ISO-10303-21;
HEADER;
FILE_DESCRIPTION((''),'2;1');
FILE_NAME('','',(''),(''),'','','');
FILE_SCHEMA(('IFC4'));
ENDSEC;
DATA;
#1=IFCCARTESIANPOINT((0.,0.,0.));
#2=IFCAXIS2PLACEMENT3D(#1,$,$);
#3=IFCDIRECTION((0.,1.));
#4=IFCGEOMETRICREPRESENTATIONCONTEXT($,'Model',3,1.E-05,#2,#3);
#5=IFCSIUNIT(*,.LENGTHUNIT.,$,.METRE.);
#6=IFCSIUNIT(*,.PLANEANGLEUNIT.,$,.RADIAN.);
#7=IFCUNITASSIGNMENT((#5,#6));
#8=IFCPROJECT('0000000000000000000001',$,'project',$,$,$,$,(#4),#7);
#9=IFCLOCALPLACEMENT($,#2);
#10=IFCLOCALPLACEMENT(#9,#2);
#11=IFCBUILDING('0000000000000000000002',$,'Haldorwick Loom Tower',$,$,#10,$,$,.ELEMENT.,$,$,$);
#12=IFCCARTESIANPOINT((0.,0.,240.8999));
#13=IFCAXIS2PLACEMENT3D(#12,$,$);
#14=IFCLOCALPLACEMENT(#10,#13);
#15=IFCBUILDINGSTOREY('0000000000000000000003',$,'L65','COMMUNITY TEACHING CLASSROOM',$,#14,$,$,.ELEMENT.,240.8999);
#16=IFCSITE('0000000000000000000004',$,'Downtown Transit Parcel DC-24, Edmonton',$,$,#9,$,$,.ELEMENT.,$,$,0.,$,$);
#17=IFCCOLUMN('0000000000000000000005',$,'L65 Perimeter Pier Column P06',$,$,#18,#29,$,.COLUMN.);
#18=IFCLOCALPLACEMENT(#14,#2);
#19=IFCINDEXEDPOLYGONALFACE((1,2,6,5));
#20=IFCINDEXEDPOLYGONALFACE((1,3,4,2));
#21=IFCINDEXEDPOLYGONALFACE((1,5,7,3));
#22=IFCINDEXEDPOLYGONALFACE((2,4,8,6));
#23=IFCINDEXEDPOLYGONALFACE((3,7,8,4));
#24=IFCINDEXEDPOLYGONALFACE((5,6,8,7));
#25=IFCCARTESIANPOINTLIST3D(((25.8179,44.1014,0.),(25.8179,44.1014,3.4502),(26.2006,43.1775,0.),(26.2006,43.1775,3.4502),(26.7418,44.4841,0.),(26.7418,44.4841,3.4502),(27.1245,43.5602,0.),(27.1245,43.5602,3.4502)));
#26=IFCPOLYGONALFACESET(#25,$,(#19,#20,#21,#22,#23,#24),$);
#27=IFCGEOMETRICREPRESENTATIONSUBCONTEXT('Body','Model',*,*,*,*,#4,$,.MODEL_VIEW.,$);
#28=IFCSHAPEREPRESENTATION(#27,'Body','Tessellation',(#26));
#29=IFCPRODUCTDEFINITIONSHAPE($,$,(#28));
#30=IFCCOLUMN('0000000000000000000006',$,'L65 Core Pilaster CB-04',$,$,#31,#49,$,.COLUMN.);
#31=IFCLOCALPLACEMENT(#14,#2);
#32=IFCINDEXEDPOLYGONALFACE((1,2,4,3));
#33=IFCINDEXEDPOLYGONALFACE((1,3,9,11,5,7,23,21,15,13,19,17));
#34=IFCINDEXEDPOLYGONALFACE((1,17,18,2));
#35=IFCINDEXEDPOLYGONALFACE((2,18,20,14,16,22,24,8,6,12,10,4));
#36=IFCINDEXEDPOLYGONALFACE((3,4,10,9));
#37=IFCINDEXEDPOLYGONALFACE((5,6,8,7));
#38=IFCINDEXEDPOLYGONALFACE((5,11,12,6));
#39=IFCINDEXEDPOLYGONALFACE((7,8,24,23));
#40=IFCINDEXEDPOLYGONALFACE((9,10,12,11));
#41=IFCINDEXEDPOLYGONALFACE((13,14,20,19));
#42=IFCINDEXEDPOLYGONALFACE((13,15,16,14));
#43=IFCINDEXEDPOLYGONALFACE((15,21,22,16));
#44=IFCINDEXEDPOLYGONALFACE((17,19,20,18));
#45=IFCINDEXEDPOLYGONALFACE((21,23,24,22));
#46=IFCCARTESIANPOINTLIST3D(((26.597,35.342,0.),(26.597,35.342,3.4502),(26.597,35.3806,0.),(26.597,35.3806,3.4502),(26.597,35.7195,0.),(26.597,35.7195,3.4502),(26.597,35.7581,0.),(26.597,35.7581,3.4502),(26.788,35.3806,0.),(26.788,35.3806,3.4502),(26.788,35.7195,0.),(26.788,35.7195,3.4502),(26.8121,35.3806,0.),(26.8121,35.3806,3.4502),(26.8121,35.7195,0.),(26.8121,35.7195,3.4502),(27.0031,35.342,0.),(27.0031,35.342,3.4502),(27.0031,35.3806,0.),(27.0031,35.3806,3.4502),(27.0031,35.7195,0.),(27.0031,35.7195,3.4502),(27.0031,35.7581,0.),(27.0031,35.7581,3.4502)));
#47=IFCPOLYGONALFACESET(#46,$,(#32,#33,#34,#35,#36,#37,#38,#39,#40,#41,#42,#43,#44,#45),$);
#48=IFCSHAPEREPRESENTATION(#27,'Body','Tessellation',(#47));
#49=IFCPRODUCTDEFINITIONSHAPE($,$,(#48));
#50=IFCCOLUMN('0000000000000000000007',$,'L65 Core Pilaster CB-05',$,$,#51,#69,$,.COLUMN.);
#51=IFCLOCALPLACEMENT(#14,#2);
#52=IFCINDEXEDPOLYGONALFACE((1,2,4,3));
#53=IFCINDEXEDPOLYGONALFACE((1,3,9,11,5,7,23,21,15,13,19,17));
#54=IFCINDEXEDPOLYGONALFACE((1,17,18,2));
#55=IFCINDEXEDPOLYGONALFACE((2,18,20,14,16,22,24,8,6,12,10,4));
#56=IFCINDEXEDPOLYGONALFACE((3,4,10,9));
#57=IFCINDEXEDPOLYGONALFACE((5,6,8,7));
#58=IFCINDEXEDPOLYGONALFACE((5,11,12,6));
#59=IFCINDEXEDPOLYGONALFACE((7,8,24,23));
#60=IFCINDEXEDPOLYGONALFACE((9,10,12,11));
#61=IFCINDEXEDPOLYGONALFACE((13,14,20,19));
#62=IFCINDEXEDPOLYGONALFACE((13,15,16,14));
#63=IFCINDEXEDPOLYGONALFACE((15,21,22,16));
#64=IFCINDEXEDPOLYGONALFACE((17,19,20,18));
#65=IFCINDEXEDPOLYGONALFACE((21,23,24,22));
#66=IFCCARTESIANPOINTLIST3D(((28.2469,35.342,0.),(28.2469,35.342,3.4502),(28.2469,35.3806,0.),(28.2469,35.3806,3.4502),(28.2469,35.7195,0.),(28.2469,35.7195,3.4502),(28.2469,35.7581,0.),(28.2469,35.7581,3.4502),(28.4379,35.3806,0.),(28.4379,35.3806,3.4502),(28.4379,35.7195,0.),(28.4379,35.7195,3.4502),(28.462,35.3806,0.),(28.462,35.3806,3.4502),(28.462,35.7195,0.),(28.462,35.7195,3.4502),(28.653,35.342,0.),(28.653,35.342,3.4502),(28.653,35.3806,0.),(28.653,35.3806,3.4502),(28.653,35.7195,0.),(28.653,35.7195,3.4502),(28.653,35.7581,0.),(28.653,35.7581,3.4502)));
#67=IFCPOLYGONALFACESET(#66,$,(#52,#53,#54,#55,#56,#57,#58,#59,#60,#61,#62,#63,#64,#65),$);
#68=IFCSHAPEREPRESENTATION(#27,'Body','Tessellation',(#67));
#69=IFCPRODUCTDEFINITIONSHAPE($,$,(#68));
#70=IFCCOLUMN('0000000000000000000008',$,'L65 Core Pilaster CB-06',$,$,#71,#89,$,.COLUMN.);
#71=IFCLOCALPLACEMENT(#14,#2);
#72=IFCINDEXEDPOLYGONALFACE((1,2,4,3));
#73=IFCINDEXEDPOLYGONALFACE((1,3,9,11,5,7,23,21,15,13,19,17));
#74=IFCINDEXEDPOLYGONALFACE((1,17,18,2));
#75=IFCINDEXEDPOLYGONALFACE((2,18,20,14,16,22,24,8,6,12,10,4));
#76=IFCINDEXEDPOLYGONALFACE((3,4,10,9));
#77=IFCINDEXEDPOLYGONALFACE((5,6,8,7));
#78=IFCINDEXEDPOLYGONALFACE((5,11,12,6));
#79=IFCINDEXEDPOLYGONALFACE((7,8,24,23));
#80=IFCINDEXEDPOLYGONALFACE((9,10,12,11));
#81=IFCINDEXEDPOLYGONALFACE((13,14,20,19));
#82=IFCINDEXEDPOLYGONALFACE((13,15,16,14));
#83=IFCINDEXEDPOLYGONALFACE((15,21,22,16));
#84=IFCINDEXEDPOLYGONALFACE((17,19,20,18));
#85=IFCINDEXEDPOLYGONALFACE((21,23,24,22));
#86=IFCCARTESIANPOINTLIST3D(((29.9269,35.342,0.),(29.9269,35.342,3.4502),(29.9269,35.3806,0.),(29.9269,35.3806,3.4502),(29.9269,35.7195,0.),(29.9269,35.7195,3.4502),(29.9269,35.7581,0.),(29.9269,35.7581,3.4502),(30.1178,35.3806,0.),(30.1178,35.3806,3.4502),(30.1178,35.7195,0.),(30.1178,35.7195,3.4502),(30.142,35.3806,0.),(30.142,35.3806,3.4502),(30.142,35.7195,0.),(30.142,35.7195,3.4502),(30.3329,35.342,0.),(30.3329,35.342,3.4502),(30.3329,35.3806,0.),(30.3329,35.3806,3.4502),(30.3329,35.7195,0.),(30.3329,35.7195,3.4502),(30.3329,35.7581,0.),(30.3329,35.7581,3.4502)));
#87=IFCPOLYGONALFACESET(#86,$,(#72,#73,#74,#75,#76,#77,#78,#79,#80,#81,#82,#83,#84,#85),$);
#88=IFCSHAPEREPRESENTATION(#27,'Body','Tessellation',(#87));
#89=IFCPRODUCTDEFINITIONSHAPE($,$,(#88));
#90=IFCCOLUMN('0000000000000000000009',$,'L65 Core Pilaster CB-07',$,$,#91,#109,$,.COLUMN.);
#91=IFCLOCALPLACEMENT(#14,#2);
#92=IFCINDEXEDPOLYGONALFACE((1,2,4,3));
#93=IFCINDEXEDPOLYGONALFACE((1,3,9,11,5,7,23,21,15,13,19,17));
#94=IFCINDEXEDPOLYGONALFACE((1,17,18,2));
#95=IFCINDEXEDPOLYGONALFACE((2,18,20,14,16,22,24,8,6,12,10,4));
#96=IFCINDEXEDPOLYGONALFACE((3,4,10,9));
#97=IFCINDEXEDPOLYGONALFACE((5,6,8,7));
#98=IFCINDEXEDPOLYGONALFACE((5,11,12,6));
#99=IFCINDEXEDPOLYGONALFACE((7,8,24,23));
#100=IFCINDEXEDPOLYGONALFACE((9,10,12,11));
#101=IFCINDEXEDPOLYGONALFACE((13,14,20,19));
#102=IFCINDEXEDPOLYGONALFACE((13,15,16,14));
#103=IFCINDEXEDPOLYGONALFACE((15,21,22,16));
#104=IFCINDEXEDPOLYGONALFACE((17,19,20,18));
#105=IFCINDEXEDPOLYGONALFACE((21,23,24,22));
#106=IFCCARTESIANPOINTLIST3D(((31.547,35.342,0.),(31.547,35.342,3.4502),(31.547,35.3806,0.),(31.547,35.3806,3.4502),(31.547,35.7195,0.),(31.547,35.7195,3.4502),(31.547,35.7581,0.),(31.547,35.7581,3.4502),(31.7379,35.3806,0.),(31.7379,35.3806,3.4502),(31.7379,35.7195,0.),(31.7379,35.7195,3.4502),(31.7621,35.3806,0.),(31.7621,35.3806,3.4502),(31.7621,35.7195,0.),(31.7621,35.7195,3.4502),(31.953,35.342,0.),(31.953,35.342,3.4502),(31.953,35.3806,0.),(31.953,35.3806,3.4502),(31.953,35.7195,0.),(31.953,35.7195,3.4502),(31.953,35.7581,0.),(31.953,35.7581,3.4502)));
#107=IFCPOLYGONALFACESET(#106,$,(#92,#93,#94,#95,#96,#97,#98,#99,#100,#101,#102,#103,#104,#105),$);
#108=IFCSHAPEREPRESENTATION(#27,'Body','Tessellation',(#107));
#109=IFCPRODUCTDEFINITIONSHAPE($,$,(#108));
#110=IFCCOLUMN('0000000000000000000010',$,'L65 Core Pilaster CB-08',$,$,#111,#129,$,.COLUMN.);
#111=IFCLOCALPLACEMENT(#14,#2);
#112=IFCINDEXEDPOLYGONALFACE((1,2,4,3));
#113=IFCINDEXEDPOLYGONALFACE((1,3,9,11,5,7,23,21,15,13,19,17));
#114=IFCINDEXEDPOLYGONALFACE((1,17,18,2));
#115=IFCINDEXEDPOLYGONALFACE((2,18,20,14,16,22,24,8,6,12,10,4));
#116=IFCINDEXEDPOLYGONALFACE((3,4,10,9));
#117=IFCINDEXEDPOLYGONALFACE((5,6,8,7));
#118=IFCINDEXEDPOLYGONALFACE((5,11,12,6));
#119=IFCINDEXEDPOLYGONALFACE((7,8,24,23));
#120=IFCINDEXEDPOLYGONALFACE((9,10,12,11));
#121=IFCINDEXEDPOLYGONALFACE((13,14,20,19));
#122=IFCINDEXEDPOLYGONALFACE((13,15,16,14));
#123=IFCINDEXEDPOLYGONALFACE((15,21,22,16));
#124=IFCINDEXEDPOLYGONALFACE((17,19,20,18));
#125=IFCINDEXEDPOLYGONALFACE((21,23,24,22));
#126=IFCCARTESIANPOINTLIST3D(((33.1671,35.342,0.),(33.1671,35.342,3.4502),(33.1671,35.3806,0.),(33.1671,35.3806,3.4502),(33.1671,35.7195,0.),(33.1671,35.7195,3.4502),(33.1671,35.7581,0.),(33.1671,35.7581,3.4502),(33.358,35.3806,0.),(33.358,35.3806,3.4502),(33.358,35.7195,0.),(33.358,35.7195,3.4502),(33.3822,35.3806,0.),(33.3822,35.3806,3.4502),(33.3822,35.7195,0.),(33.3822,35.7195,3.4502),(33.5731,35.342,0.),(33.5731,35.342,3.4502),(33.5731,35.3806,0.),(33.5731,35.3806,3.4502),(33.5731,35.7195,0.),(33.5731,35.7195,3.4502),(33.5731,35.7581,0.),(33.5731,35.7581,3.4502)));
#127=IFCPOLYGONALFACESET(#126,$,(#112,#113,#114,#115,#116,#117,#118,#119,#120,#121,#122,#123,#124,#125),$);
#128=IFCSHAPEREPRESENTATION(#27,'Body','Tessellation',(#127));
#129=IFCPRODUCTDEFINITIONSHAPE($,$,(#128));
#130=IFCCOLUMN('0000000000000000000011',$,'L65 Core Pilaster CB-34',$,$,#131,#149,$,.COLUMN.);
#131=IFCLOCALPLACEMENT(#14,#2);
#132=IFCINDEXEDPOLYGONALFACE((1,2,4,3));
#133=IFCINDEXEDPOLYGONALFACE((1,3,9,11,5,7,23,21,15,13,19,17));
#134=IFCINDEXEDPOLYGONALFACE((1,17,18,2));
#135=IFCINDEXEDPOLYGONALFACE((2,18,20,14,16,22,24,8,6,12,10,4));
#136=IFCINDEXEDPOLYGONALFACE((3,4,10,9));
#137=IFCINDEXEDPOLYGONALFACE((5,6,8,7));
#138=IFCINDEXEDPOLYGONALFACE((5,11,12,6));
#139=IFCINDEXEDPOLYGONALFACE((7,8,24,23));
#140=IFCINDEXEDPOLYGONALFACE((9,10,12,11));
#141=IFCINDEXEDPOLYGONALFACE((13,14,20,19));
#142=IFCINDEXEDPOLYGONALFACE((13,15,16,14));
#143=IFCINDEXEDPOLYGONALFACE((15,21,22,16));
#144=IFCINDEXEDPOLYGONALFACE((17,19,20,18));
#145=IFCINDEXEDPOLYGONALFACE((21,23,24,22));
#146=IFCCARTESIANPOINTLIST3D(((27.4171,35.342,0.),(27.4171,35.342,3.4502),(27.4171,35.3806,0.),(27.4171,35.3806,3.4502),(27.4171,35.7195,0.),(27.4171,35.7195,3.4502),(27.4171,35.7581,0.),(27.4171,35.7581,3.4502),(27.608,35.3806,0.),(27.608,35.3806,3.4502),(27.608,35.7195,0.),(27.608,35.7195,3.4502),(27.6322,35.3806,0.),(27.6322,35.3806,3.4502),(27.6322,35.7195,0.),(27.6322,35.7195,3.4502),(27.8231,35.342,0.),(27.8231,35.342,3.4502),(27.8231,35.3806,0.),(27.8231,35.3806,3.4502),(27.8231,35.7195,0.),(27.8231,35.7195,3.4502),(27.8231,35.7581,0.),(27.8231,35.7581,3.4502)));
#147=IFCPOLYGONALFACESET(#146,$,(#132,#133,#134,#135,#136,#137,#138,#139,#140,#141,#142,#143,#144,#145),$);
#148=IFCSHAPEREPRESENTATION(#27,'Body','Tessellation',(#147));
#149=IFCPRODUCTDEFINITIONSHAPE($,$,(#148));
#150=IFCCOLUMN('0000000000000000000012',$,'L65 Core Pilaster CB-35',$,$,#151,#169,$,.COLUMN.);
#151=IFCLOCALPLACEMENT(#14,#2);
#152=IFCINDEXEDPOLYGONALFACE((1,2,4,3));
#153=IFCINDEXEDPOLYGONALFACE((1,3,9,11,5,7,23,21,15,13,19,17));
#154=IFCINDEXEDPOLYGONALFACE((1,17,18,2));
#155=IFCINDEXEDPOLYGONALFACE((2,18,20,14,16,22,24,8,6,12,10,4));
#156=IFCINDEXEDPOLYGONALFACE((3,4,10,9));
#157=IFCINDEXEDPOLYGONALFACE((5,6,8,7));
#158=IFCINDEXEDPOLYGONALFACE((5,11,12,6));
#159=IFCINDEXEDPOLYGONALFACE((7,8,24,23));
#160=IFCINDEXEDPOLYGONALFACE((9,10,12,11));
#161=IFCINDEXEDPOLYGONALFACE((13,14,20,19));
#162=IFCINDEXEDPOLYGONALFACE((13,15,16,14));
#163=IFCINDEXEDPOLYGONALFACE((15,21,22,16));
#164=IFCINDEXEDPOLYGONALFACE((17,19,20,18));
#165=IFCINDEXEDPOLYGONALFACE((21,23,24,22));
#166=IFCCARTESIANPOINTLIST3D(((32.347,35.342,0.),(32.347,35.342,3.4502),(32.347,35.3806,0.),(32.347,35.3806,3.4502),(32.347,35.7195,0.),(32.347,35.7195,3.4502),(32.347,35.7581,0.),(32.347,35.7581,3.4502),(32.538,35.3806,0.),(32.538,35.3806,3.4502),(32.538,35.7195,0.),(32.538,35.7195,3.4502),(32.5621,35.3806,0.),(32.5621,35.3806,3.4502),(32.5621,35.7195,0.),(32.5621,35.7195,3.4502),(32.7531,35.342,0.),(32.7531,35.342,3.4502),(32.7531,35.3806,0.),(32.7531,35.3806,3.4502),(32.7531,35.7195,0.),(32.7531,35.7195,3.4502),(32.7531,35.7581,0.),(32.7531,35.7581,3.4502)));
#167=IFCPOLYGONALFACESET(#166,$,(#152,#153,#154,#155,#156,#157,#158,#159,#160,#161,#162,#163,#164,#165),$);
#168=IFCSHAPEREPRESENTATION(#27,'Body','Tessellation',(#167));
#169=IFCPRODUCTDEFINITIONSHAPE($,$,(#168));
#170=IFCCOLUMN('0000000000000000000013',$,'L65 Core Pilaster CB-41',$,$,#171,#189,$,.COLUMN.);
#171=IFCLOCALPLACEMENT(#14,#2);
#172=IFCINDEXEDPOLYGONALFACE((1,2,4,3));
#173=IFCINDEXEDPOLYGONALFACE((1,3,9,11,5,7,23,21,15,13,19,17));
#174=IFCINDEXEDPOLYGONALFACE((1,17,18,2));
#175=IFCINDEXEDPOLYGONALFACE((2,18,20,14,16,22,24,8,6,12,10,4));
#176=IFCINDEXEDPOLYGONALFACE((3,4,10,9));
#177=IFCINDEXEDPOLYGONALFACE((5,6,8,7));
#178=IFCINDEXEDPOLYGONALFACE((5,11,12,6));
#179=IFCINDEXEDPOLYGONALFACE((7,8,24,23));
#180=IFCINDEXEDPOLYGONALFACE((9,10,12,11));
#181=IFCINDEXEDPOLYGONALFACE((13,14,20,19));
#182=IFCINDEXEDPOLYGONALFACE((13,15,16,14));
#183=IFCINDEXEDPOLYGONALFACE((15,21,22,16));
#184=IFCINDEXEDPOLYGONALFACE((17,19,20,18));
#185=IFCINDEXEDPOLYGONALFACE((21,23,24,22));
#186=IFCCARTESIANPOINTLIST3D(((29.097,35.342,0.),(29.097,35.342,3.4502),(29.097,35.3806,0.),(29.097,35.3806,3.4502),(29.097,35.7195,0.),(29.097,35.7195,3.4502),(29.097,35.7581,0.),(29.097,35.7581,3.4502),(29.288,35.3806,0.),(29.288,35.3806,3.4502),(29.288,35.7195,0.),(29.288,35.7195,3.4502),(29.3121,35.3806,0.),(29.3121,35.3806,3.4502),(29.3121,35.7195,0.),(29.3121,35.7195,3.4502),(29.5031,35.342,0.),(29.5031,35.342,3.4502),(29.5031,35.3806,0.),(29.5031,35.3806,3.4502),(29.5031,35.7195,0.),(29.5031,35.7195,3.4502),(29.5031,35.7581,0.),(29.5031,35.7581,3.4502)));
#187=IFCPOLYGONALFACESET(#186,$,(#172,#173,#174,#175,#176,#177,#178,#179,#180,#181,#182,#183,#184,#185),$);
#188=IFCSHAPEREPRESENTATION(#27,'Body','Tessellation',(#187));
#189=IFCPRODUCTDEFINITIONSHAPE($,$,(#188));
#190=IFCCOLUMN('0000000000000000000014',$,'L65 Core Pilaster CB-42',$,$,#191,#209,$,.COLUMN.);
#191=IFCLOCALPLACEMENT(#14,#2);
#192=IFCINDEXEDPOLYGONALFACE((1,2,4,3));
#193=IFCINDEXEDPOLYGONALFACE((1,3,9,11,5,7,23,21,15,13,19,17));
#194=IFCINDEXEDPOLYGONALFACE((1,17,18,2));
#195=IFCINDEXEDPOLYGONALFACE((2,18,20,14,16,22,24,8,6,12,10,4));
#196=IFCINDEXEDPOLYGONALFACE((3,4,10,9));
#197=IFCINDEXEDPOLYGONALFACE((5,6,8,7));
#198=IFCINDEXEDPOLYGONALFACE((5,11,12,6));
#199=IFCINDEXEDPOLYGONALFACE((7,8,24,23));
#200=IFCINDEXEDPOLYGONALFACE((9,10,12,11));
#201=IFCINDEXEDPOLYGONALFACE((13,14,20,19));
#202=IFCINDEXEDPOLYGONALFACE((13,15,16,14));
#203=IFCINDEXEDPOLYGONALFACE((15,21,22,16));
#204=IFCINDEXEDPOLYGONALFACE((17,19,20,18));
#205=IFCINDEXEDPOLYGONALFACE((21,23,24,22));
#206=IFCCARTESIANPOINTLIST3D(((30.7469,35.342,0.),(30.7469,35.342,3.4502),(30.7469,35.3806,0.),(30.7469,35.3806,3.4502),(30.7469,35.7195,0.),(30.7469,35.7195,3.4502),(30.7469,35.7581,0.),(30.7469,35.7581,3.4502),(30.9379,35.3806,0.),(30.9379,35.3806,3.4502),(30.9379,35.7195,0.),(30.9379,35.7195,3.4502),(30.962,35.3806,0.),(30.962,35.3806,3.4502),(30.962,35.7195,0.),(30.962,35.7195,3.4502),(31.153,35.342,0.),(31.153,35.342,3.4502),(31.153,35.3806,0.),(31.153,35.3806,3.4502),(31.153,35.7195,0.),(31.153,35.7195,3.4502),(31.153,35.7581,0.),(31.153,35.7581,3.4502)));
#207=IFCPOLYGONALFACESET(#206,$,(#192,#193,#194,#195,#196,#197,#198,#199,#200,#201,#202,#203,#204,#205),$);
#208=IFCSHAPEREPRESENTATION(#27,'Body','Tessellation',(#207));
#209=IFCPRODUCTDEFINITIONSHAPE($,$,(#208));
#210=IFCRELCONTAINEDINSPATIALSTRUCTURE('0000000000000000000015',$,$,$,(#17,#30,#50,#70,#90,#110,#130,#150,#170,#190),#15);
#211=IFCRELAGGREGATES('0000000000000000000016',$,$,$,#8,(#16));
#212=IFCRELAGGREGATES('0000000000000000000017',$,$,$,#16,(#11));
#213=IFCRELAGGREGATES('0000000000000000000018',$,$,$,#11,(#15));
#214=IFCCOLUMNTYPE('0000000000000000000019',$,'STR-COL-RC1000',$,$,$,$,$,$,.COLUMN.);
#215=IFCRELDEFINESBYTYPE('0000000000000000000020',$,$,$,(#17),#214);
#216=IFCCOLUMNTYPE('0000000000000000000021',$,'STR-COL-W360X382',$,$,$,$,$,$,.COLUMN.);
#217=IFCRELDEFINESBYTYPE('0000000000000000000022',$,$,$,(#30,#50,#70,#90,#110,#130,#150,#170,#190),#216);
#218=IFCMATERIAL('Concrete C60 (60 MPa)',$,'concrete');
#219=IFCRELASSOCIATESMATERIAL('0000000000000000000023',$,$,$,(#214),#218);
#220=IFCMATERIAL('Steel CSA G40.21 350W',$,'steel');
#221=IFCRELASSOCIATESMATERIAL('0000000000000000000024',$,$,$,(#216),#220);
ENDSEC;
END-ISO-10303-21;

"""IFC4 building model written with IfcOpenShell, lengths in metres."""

from ifc_helpers import new_model, si_unit, direction, frame, origin, origin_2d, place, context, subcontext, project, spatial, rectangle, i_section, extrude, material, material_profile, profile_set, type_object, element, save


model = new_model("IFC4")

# Units and contexts
model_context = context("Model", 3, precision=1e-05, world=origin(), true_north=direction((0.0, 1.0)))
body_context = subcontext(model_context, "Body", "Model", "MODEL_VIEW")
ifc_project = project(units=[si_unit("LENGTHUNIT", "METRE"), si_unit("PLANEANGLEUNIT", "RADIAN")], contexts=[model_context])

# Site, building, storey
site_placement = place(None, origin())
site = spatial("IfcSite", under=ifc_project, at=site_placement, Name="Downtown Transit Parcel DC-24, Edmonton", CompositionType="ELEMENT", RefElevation=0.0)
building_placement = place(site_placement, origin())
building = spatial("IfcBuilding", under=site, at=building_placement, Name="Haldorwick Loom Tower", CompositionType="ELEMENT")
storey_placement = place(building_placement, frame((0.0, 0.0, 240.8999)))
storey = spatial("IfcBuildingStorey", under=building, at=storey_placement, Name="L65", Description="COMMUNITY TEACHING CLASSROOM", CompositionType="ELEMENT", Elevation=240.8999)

# Columns
ifc_material_1 = material(Name="Concrete C60 (60 MPa)", Category="concrete")
ifc_material_profile_1 = material_profile(ifc_material_1, rectangle(XDim=1.0, YDim=1.0, at=origin_2d()), Name="RC1000X1000", Category="concrete")
ifc_profile_set_1 = profile_set([ifc_material_profile_1], Name="Concrete C60 (60 MPa)")
column_type_1 = type_object("IfcColumnType", Name="STR-COL-RC1000", PredefinedType="COLUMN", material=ifc_profile_set_1)
column_placement = place(storey_placement, frame((26.4712, 43.8308, 0.0), z_axis=(0.0, 0.0, 1.0), x_axis=(-0.382683, 0.92388, 0.0)))
element("IfcColumn", 1, at=column_placement, inside=storey, type_object=column_type_1, Name="L65 Perimeter Pier Column P06", PredefinedType="COLUMN", context=body_context, shape_type="SweptSolid", body=[
    extrude(rectangle(XDim=1.0, YDim=1.0, at=origin_2d()), origin(), (0.0, 0.0, 1.0), 3.4502),
])
ifc_material_2 = material(Name="Steel CSA G40.21 350W", Category="steel")
ifc_material_profile_2 = material_profile(ifc_material_2, i_section(OverallWidth=0.406, OverallDepth=0.416, WebThickness=0.0242, FlangeThickness=0.0386, at=origin_2d()), Name="W360X382", Category="steel")
ifc_profile_set_2 = profile_set([ifc_material_profile_2], Name="Steel CSA G40.21 350W")
column_type_2 = type_object("IfcColumnType", Name="STR-COL-W360X382", PredefinedType="COLUMN", material=ifc_profile_set_2)
for number, where, z_axis, x_axis, name in (
    (2, (26.8, 35.55, 0.0), (0.0, 0.0, 1.0), (1.0, 0.0, 0.0), "L65 Core Pilaster CB-04"),
    (3, (28.45, 35.55, 0.0), (0.0, 0.0, 1.0), (1.0, 0.0, 0.0), "L65 Core Pilaster CB-05"),
    (4, (30.1299, 35.55, 0.0), (0.0, 0.0, 1.0), (1.0, 0.0, 0.0), "L65 Core Pilaster CB-06"),
    (5, (31.75, 35.55, 0.0), (0.0, 0.0, 1.0), (1.0, 0.0, 0.0), "L65 Core Pilaster CB-07"),
    (6, (33.3701, 35.55, 0.0), (0.0, 0.0, 1.0), (1.0, 0.0, 0.0), "L65 Core Pilaster CB-08"),
    (7, (27.6201, 35.55, 0.0), (0.0, 0.0, 1.0), (1.0, 0.0, 0.0), "L65 Core Pilaster CB-34"),
    (8, (32.55, 35.55, 0.0), (0.0, 0.0, 1.0), (1.0, 0.0, 0.0), "L65 Core Pilaster CB-35"),
    (9, (29.3, 35.55, 0.0), (0.0, 0.0, 1.0), (1.0, 0.0, 0.0), "L65 Core Pilaster CB-41"),
    (10, (30.95, 35.55, 0.0), (0.0, 0.0, 1.0), (1.0, 0.0, 0.0), "L65 Core Pilaster CB-42"),
):
    element("IfcColumn", number, at=place(storey_placement, frame(where, z_axis=z_axis, x_axis=x_axis)), inside=storey, type_object=column_type_2, Name=name, PredefinedType="COLUMN", context=body_context, shape_type="SweptSolid", body=[
        extrude(i_section(OverallWidth=0.406, OverallDepth=0.416, WebThickness=0.0242, FlangeThickness=0.0386, at=origin_2d()), origin(), (0.0, 0.0, 1.0), 3.4502),
    ])

save(model, "model.ifc")
